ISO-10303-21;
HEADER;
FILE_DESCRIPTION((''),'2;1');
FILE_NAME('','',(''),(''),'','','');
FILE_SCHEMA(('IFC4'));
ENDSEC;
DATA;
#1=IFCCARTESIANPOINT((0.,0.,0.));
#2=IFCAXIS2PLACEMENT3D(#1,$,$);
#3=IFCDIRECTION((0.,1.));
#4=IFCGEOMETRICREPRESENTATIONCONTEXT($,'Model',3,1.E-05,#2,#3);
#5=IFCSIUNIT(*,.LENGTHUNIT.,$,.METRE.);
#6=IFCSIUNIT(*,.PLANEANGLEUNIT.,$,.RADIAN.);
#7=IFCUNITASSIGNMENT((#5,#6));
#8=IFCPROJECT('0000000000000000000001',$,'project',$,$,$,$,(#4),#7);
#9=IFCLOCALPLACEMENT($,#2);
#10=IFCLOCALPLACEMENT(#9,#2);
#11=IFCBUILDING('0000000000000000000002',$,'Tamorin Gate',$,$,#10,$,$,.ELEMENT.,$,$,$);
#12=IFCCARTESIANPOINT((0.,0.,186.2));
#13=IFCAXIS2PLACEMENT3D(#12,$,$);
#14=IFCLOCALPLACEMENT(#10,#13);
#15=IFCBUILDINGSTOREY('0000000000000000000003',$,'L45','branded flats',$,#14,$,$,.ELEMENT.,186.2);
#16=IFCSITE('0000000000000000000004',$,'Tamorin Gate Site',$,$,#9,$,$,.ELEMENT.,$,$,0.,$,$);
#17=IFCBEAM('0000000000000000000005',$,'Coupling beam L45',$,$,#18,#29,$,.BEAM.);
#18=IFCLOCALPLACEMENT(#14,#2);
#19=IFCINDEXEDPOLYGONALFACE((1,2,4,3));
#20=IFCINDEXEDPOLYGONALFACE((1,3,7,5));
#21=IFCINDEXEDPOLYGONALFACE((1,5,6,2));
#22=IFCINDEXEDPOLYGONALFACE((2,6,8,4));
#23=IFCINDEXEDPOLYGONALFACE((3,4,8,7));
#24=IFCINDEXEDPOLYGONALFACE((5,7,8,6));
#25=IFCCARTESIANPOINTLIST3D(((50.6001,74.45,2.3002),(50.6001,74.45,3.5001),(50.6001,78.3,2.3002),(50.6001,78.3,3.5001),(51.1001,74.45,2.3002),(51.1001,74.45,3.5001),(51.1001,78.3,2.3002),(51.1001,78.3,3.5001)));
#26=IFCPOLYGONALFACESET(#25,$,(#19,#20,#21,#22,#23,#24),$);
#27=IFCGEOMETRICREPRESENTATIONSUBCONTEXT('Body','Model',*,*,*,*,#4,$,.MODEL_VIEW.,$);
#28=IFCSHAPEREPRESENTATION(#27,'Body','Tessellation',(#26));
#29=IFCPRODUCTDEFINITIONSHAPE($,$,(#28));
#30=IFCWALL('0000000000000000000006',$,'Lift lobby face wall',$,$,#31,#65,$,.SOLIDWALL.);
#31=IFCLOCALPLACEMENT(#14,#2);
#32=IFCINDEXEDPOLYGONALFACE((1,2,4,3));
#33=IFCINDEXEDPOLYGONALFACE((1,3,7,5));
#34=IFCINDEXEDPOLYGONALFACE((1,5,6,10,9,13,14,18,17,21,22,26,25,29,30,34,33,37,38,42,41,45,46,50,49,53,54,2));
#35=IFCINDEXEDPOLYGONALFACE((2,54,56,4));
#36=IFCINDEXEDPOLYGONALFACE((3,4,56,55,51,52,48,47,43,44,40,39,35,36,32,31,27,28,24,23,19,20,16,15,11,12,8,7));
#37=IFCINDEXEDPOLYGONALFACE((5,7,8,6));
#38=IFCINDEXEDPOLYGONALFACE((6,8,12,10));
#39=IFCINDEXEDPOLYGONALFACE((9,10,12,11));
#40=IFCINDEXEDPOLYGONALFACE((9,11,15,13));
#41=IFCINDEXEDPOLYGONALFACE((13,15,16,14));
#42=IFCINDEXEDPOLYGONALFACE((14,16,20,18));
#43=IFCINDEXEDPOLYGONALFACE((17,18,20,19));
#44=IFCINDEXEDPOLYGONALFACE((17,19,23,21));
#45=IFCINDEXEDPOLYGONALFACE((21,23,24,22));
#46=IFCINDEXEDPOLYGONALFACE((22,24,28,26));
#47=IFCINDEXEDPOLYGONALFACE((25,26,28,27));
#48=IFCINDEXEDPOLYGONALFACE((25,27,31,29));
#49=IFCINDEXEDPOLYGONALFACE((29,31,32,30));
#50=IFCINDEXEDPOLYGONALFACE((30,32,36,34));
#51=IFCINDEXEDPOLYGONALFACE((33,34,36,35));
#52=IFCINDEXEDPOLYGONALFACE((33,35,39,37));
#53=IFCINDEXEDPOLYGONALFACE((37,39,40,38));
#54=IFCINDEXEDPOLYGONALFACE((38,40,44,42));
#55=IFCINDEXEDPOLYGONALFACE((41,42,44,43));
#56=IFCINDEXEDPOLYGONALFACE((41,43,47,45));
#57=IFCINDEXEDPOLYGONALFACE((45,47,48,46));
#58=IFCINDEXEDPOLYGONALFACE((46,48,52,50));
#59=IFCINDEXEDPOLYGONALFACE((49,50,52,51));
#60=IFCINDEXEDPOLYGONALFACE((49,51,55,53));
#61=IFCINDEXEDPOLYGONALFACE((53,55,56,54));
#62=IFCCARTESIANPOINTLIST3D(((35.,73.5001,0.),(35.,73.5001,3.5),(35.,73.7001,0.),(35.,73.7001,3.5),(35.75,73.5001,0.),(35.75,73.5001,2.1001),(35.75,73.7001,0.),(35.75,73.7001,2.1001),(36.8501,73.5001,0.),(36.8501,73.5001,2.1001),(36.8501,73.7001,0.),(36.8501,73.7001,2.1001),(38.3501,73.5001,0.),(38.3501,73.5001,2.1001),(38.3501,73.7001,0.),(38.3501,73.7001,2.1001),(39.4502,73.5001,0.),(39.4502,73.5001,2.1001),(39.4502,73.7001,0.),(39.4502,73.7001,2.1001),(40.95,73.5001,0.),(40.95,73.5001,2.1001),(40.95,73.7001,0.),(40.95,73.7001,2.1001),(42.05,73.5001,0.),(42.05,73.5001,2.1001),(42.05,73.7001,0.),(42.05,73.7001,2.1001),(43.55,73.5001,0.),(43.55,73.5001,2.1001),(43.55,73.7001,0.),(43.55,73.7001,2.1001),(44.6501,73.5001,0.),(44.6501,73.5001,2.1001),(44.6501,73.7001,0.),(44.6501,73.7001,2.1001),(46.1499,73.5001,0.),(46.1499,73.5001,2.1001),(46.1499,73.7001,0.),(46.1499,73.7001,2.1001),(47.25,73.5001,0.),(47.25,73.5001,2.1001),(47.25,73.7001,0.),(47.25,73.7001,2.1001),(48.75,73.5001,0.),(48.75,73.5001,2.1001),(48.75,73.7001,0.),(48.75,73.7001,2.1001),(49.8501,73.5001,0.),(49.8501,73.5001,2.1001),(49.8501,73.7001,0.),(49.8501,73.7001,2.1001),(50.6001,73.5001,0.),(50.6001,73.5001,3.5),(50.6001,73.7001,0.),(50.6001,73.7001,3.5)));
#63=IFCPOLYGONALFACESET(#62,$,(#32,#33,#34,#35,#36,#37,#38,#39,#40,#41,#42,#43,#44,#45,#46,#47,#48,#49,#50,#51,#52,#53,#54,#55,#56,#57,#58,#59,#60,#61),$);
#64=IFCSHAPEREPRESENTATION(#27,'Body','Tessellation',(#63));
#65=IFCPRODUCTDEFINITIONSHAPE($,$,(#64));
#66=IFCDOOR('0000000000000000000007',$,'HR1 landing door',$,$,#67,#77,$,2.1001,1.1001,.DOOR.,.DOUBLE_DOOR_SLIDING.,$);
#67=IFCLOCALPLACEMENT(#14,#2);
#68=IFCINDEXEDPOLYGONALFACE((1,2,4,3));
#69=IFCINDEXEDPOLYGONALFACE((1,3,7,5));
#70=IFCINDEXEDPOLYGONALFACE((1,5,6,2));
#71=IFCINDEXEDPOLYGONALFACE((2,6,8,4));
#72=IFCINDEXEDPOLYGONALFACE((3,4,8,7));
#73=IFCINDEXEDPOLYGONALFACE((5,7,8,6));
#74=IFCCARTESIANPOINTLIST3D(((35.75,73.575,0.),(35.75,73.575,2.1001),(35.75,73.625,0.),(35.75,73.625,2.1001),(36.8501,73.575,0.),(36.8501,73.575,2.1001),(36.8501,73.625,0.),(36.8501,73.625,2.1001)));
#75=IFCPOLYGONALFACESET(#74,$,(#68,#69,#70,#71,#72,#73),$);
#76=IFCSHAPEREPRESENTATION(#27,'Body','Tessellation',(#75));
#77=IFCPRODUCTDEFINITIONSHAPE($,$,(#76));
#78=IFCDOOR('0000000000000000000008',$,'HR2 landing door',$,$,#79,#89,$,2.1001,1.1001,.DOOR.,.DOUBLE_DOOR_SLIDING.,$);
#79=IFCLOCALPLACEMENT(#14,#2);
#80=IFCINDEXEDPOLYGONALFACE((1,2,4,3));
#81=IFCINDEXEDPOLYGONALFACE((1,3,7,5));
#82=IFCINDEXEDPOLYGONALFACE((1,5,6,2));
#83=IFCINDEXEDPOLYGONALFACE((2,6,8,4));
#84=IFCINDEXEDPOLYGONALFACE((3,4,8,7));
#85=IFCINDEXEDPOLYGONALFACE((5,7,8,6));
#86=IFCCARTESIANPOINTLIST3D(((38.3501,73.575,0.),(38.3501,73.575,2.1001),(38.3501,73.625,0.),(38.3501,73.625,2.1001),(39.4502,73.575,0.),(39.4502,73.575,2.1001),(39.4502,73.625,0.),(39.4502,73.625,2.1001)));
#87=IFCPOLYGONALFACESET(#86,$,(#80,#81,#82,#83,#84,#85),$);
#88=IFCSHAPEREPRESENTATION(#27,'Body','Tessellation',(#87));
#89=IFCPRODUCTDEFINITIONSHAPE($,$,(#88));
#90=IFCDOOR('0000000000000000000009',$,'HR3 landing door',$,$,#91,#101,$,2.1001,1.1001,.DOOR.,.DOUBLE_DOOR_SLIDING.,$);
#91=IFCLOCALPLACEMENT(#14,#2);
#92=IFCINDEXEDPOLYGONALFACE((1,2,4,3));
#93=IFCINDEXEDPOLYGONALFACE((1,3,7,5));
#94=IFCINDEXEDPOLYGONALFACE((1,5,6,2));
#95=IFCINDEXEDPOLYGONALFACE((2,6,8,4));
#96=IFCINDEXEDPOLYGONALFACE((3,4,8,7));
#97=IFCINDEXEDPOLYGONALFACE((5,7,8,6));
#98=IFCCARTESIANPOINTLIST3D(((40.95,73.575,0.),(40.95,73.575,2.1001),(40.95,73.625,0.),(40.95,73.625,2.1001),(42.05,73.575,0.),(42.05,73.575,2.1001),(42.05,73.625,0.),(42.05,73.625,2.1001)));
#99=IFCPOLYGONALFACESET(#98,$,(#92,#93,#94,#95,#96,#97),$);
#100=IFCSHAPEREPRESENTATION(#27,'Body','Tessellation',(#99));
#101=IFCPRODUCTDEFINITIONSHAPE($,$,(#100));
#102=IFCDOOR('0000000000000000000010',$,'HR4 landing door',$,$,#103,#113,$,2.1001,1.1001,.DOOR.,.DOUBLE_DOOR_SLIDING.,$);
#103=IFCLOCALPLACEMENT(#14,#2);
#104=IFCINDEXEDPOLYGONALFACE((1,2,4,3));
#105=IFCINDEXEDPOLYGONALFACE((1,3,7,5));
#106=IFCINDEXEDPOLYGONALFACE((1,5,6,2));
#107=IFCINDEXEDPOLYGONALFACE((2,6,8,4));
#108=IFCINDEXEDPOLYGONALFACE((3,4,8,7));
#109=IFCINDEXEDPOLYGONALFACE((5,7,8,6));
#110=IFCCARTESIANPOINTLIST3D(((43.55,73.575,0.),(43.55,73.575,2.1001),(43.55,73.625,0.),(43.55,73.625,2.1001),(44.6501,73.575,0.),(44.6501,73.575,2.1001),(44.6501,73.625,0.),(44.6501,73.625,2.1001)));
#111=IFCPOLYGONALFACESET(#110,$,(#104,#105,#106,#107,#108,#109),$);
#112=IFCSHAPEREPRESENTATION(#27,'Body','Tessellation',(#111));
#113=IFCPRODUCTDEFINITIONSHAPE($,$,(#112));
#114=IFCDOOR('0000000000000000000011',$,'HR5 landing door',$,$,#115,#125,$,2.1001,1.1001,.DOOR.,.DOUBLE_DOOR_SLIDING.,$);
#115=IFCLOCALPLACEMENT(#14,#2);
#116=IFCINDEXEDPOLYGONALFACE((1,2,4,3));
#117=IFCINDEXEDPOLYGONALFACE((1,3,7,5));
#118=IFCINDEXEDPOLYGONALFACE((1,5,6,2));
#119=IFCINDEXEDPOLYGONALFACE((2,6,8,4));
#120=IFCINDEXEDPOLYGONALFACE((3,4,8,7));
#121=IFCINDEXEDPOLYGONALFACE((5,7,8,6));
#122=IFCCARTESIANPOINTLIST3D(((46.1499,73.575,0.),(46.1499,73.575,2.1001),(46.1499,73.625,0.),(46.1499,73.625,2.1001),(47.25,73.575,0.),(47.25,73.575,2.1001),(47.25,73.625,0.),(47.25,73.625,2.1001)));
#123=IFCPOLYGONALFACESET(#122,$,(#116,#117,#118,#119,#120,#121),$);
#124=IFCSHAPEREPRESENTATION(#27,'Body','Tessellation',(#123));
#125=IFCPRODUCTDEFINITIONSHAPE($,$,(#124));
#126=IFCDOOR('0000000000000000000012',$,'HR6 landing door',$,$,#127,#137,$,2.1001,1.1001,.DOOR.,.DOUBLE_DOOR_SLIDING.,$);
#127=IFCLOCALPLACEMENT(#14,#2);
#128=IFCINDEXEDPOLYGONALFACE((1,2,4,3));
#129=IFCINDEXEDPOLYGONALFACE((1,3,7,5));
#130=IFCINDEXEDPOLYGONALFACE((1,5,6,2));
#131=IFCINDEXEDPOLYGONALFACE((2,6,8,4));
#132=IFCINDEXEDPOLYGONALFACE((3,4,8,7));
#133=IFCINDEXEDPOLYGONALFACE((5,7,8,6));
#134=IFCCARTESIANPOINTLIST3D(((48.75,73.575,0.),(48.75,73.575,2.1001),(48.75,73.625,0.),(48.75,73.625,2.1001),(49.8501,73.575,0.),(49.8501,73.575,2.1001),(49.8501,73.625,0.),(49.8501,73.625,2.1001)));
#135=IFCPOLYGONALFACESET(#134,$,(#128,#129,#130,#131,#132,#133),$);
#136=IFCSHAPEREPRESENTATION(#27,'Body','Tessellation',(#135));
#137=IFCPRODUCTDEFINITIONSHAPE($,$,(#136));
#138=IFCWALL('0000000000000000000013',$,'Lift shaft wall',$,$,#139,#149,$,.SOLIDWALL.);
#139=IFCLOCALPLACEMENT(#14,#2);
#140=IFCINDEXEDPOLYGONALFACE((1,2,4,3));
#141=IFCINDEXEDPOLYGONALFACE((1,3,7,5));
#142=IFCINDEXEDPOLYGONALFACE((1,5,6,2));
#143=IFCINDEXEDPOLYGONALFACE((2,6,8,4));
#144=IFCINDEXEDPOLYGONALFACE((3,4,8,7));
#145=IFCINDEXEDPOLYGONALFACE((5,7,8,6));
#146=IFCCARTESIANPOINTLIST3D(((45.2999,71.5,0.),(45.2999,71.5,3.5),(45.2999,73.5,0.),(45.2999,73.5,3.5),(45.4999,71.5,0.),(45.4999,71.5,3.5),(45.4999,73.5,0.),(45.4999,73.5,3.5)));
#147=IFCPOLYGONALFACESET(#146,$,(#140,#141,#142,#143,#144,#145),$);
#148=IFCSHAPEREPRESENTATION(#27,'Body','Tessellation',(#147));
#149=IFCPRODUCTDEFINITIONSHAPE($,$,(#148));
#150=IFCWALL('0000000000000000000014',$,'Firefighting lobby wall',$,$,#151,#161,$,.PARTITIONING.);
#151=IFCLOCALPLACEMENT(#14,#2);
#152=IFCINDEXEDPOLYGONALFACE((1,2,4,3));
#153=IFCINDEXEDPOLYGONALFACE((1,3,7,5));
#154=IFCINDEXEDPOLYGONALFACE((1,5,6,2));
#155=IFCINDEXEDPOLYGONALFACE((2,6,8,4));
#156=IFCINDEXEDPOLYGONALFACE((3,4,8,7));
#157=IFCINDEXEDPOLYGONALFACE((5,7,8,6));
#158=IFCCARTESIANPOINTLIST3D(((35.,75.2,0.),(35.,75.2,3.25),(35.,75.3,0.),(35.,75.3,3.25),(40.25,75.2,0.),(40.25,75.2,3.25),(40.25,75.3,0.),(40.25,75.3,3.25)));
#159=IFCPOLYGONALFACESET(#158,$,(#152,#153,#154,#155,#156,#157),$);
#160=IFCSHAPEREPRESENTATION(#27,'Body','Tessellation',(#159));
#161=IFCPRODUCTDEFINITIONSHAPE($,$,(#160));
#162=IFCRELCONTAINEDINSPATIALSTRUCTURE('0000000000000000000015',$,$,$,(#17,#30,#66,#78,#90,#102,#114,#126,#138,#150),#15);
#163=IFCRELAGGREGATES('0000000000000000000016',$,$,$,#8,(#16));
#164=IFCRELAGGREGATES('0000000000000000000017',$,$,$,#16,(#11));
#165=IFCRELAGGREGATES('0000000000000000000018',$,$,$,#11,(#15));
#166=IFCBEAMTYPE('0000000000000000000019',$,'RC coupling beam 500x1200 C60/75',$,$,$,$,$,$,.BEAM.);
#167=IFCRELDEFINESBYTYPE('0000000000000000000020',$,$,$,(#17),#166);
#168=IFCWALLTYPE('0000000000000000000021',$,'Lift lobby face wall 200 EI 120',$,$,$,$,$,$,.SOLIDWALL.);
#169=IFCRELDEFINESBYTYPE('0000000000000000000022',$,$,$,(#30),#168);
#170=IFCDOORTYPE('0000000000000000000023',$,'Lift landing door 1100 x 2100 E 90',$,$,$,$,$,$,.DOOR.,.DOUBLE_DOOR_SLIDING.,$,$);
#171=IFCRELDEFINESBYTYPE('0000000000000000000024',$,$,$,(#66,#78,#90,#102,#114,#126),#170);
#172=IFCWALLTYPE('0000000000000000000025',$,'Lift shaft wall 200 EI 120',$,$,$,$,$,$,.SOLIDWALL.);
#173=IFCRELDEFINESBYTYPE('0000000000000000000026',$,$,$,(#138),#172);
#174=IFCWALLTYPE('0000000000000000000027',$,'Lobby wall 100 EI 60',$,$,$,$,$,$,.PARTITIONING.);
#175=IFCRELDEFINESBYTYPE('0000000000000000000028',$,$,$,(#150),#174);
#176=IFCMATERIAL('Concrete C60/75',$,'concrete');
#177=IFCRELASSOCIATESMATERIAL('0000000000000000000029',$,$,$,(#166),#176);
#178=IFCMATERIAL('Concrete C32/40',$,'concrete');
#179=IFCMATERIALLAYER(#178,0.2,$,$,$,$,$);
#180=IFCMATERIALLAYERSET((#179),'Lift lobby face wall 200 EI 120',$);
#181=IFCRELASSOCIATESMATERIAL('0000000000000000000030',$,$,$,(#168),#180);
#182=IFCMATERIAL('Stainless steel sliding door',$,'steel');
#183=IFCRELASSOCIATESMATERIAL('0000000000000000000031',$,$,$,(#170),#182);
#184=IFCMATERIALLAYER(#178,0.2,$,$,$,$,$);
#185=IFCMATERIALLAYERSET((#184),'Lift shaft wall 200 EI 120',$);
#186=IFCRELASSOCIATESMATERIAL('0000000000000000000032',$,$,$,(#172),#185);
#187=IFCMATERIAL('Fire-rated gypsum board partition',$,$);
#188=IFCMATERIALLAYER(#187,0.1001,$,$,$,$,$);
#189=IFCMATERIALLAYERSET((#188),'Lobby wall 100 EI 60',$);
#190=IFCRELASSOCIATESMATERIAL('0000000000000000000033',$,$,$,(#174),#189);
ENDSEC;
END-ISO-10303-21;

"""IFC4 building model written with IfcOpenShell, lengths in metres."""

from ifc_helpers import new_model, si_unit, direction, frame, frame_2d, origin, origin_2d, place, context, subcontext, project, spatial, rectangle, extrude, material, layer, layer_set, material_profile, profile_set, type_object, element, fill, save


model = new_model("IFC4")

# Units and contexts
model_context = context("Model", 3, precision=1e-05, world=origin(), true_north=direction((0.0, 1.0)))
body_context = subcontext(model_context, "Body", "Model", "MODEL_VIEW")
ifc_project = project(units=[si_unit("LENGTHUNIT", "METRE"), si_unit("PLANEANGLEUNIT", "RADIAN")], contexts=[model_context])

# Site, building, storey
site_placement = place(None, origin())
site = spatial("IfcSite", under=ifc_project, at=site_placement, Name="Tamorin Gate Site", CompositionType="ELEMENT", RefElevation=0.0)
building_placement = place(site_placement, origin())
building = spatial("IfcBuilding", under=site, at=building_placement, Name="Tamorin Gate", CompositionType="ELEMENT")
storey_placement = place(building_placement, frame((0.0, 0.0, 186.2)))
storey = spatial("IfcBuildingStorey", under=building, at=storey_placement, Name="L45", Description="branded flats", CompositionType="ELEMENT", Elevation=186.2)

# Beam
ifc_material_1 = material(Name="Concrete C60/75", Category="concrete")
ifc_material_profile = material_profile(ifc_material_1, rectangle(XDim=0.5, YDim=1.2, at=origin_2d()), Name="RC 500x1200")
ifc_profile_set = profile_set([ifc_material_profile], Name="Concrete C60/75")
beam_type = type_object("IfcBeamType", Name="RC coupling beam 500x1200 C60/75", PredefinedType="BEAM", material=ifc_profile_set)
beam_placement = place(storey_placement, frame((50.8501, 74.45, 2.9001), z_axis=(0.0, 1.0, 0.0), x_axis=(-1.0, 0.0, 0.0)))
element("IfcBeam", 1, at=beam_placement, inside=storey, type_object=beam_type, Name="Coupling beam L45", PredefinedType="BEAM", context=body_context, shape_type="SweptSolid", body=[
    extrude(rectangle(XDim=0.5, YDim=1.2, at=origin_2d()), origin(), (0.0, 0.0, 1.0), 3.8501),
])

# Wall, openings, doors
ifc_material_2 = material(Name="Concrete C32/40", Category="concrete")
ifc_layer_1 = layer(ifc_material_2, 0.2)
ifc_layer_set_1 = layer_set([ifc_layer_1], Name="Lift lobby face wall 200 EI 120")
wall_type_1 = type_object("IfcWallType", Name="Lift lobby face wall 200 EI 120", PredefinedType="SOLIDWALL", material=ifc_layer_set_1)
wall_1_placement = place(storey_placement, frame((35.0, 73.6001, 0.0), z_axis=(0.0, 0.0, 1.0), x_axis=(1.0, 0.0, 0.0)))
wall_1 = element("IfcWall", 2, at=wall_1_placement, inside=storey, type_object=wall_type_1, Name="Lift lobby face wall", PredefinedType="SOLIDWALL", context=body_context, shape_type="SweptSolid", body=[
    extrude(rectangle(XDim=15.6001, YDim=0.2, at=frame_2d((7.8, 0.0))), origin(), (0.0, 0.0, 1.0), 3.5),
])
opening_1_placement = place(wall_1_placement, frame((0.75, 0.0, 0.0)))
opening_1 = element("IfcOpeningElement", 3, at=opening_1_placement, cuts=wall_1, PredefinedType="OPENING", context=body_context, shape_type="SweptSolid", body=[
    extrude(rectangle(XDim=1.1001, YDim=2.1001, at=frame_2d((0.55, 1.05))), frame((0.0, 0.1099, 0.0), z_axis=(0.0, -1.0, 0.0), x_axis=(1.0, 0.0, 0.0)), (0.0, 0.0, 1.0), 0.22),
])
opening_2_placement = place(wall_1_placement, frame((3.3501, 0.0, 0.0)))
opening_2 = element("IfcOpeningElement", 4, at=opening_2_placement, cuts=wall_1, PredefinedType="OPENING", context=body_context, shape_type="SweptSolid", body=[
    extrude(rectangle(XDim=1.1001, YDim=2.1001, at=frame_2d((0.55, 1.05))), frame((0.0, 0.1099, 0.0), z_axis=(0.0, -1.0, 0.0), x_axis=(1.0, 0.0, 0.0)), (0.0, 0.0, 1.0), 0.22),
])
opening_3_placement = place(wall_1_placement, frame((5.95, 0.0, 0.0)))
opening_3 = element("IfcOpeningElement", 5, at=opening_3_placement, cuts=wall_1, PredefinedType="OPENING", context=body_context, shape_type="SweptSolid", body=[
    extrude(rectangle(XDim=1.1001, YDim=2.1001, at=frame_2d((0.55, 1.05))), frame((0.0, 0.1099, 0.0), z_axis=(0.0, -1.0, 0.0), x_axis=(1.0, 0.0, 0.0)), (0.0, 0.0, 1.0), 0.22),
])
opening_4_placement = place(wall_1_placement, frame((8.55, 0.0, 0.0)))
opening_4 = element("IfcOpeningElement", 6, at=opening_4_placement, cuts=wall_1, PredefinedType="OPENING", context=body_context, shape_type="SweptSolid", body=[
    extrude(rectangle(XDim=1.1001, YDim=2.1001, at=frame_2d((0.55, 1.05))), frame((0.0, 0.1099, 0.0), z_axis=(0.0, -1.0, 0.0), x_axis=(1.0, 0.0, 0.0)), (0.0, 0.0, 1.0), 0.22),
])
opening_5_placement = place(wall_1_placement, frame((11.1499, 0.0, 0.0)))
opening_5 = element("IfcOpeningElement", 7, at=opening_5_placement, cuts=wall_1, PredefinedType="OPENING", context=body_context, shape_type="SweptSolid", body=[
    extrude(rectangle(XDim=1.1001, YDim=2.1001, at=frame_2d((0.55, 1.05))), frame((0.0, 0.1099, 0.0), z_axis=(0.0, -1.0, 0.0), x_axis=(1.0, 0.0, 0.0)), (0.0, 0.0, 1.0), 0.22),
])
opening_6_placement = place(wall_1_placement, frame((13.75, 0.0, 0.0)))
opening_6 = element("IfcOpeningElement", 8, at=opening_6_placement, cuts=wall_1, PredefinedType="OPENING", context=body_context, shape_type="SweptSolid", body=[
    extrude(rectangle(XDim=1.1001, YDim=2.1001, at=frame_2d((0.55, 1.05))), frame((0.0, 0.1099, 0.0), z_axis=(0.0, -1.0, 0.0), x_axis=(1.0, 0.0, 0.0)), (0.0, 0.0, 1.0), 0.22),
])
ifc_material_3 = material(Name="Stainless steel sliding door", Category="steel")
door_type_1 = type_object("IfcDoorType", Name="Lift landing door 1100 x 2100 E 90", OperationType="DOUBLE_DOOR_SLIDING", PredefinedType="DOOR", material=ifc_material_3)
door_1_placement = place(opening_1_placement, origin())
door_1 = element("IfcDoor", 9, at=door_1_placement, inside=storey, type_object=door_type_1, Name="HR1 landing door", OperationType="DOUBLE_DOOR_SLIDING", OverallHeight=2.1001, OverallWidth=1.1001, PredefinedType="DOOR", context=body_context, shape_type="SweptSolid", body=[
    extrude(rectangle(XDim=1.1001, YDim=2.1001, at=frame_2d((0.55, 1.05))), frame((0.0, 0.0249, 0.0), z_axis=(0.0, -1.0, 0.0), x_axis=(1.0, 0.0, 0.0)), (0.0, 0.0, 1.0), 0.05),
])
fill(opening_1, door_1)
door_2_placement = place(opening_2_placement, origin())
door_2 = element("IfcDoor", 10, at=door_2_placement, inside=storey, type_object=door_type_1, Name="HR2 landing door", OperationType="DOUBLE_DOOR_SLIDING", OverallHeight=2.1001, OverallWidth=1.1001, PredefinedType="DOOR", context=body_context, shape_type="SweptSolid", body=[
    extrude(rectangle(XDim=1.1001, YDim=2.1001, at=frame_2d((0.55, 1.05))), frame((0.0, 0.0249, 0.0), z_axis=(0.0, -1.0, 0.0), x_axis=(1.0, 0.0, 0.0)), (0.0, 0.0, 1.0), 0.05),
])
fill(opening_2, door_2)
door_3_placement = place(opening_3_placement, origin())
door_3 = element("IfcDoor", 11, at=door_3_placement, inside=storey, type_object=door_type_1, Name="HR3 landing door", OperationType="DOUBLE_DOOR_SLIDING", OverallHeight=2.1001, OverallWidth=1.1001, PredefinedType="DOOR", context=body_context, shape_type="SweptSolid", body=[
    extrude(rectangle(XDim=1.1001, YDim=2.1001, at=frame_2d((0.55, 1.05))), frame((0.0, 0.0249, 0.0), z_axis=(0.0, -1.0, 0.0), x_axis=(1.0, 0.0, 0.0)), (0.0, 0.0, 1.0), 0.05),
])
fill(opening_3, door_3)
door_4_placement = place(opening_4_placement, origin())
door_4 = element("IfcDoor", 12, at=door_4_placement, inside=storey, type_object=door_type_1, Name="HR4 landing door", OperationType="DOUBLE_DOOR_SLIDING", OverallHeight=2.1001, OverallWidth=1.1001, PredefinedType="DOOR", context=body_context, shape_type="SweptSolid", body=[
    extrude(rectangle(XDim=1.1001, YDim=2.1001, at=frame_2d((0.55, 1.05))), frame((0.0, 0.0249, 0.0), z_axis=(0.0, -1.0, 0.0), x_axis=(1.0, 0.0, 0.0)), (0.0, 0.0, 1.0), 0.05),
])
fill(opening_4, door_4)
door_5_placement = place(opening_5_placement, origin())
door_5 = element("IfcDoor", 13, at=door_5_placement, inside=storey, type_object=door_type_1, Name="HR5 landing door", OperationType="DOUBLE_DOOR_SLIDING", OverallHeight=2.1001, OverallWidth=1.1001, PredefinedType="DOOR", context=body_context, shape_type="SweptSolid", body=[
    extrude(rectangle(XDim=1.1001, YDim=2.1001, at=frame_2d((0.55, 1.05))), frame((0.0, 0.0249, 0.0), z_axis=(0.0, -1.0, 0.0), x_axis=(1.0, 0.0, 0.0)), (0.0, 0.0, 1.0), 0.05),
])
fill(opening_5, door_5)
door_6_placement = place(opening_6_placement, origin())
door_6 = element("IfcDoor", 14, at=door_6_placement, inside=storey, type_object=door_type_1, Name="HR6 landing door", OperationType="DOUBLE_DOOR_SLIDING", OverallHeight=2.1001, OverallWidth=1.1001, PredefinedType="DOOR", context=body_context, shape_type="SweptSolid", body=[
    extrude(rectangle(XDim=1.1001, YDim=2.1001, at=frame_2d((0.55, 1.05))), frame((0.0, 0.0249, 0.0), z_axis=(0.0, -1.0, 0.0), x_axis=(1.0, 0.0, 0.0)), (0.0, 0.0, 1.0), 0.05),
])
fill(opening_6, door_6)

# Walls
ifc_layer_2 = layer(ifc_material_2, 0.2)
ifc_layer_set_2 = layer_set([ifc_layer_2], Name="Lift shaft wall 200 EI 120")
wall_type_2 = type_object("IfcWallType", Name="Lift shaft wall 200 EI 120", PredefinedType="SOLIDWALL", material=ifc_layer_set_2)
wall_2_placement = place(storey_placement, frame((45.3999, 71.5, 0.0), z_axis=(0.0, 0.0, 1.0), x_axis=(0.0, 1.0, 0.0)))
element("IfcWall", 15, at=wall_2_placement, inside=storey, type_object=wall_type_2, Name="Lift shaft wall", PredefinedType="SOLIDWALL", context=body_context, shape_type="SweptSolid", body=[
    extrude(rectangle(XDim=2.0, YDim=0.2, at=frame_2d((1.0, 0.0))), origin(), (0.0, 0.0, 1.0), 3.5),
])
ifc_material_4 = material(Name="Fire-rated gypsum board partition")
ifc_layer_3 = layer(ifc_material_4, 0.1001)
ifc_layer_set_3 = layer_set([ifc_layer_3], Name="Lobby wall 100 EI 60")
wall_type_3 = type_object("IfcWallType", Name="Lobby wall 100 EI 60", PredefinedType="PARTITIONING", material=ifc_layer_set_3)
wall_3_placement = place(storey_placement, frame((35.0, 75.25, 0.0), z_axis=(0.0, 0.0, 1.0), x_axis=(1.0, 0.0, 0.0)))
element("IfcWall", 16, at=wall_3_placement, inside=storey, type_object=wall_type_3, Name="Firefighting lobby wall", PredefinedType="PARTITIONING", context=body_context, shape_type="SweptSolid", body=[
    extrude(rectangle(XDim=5.25, YDim=0.1001, at=frame_2d((2.625, 0.0))), origin(), (0.0, 0.0, 1.0), 3.25),
])

save(model, "model.ifc")
